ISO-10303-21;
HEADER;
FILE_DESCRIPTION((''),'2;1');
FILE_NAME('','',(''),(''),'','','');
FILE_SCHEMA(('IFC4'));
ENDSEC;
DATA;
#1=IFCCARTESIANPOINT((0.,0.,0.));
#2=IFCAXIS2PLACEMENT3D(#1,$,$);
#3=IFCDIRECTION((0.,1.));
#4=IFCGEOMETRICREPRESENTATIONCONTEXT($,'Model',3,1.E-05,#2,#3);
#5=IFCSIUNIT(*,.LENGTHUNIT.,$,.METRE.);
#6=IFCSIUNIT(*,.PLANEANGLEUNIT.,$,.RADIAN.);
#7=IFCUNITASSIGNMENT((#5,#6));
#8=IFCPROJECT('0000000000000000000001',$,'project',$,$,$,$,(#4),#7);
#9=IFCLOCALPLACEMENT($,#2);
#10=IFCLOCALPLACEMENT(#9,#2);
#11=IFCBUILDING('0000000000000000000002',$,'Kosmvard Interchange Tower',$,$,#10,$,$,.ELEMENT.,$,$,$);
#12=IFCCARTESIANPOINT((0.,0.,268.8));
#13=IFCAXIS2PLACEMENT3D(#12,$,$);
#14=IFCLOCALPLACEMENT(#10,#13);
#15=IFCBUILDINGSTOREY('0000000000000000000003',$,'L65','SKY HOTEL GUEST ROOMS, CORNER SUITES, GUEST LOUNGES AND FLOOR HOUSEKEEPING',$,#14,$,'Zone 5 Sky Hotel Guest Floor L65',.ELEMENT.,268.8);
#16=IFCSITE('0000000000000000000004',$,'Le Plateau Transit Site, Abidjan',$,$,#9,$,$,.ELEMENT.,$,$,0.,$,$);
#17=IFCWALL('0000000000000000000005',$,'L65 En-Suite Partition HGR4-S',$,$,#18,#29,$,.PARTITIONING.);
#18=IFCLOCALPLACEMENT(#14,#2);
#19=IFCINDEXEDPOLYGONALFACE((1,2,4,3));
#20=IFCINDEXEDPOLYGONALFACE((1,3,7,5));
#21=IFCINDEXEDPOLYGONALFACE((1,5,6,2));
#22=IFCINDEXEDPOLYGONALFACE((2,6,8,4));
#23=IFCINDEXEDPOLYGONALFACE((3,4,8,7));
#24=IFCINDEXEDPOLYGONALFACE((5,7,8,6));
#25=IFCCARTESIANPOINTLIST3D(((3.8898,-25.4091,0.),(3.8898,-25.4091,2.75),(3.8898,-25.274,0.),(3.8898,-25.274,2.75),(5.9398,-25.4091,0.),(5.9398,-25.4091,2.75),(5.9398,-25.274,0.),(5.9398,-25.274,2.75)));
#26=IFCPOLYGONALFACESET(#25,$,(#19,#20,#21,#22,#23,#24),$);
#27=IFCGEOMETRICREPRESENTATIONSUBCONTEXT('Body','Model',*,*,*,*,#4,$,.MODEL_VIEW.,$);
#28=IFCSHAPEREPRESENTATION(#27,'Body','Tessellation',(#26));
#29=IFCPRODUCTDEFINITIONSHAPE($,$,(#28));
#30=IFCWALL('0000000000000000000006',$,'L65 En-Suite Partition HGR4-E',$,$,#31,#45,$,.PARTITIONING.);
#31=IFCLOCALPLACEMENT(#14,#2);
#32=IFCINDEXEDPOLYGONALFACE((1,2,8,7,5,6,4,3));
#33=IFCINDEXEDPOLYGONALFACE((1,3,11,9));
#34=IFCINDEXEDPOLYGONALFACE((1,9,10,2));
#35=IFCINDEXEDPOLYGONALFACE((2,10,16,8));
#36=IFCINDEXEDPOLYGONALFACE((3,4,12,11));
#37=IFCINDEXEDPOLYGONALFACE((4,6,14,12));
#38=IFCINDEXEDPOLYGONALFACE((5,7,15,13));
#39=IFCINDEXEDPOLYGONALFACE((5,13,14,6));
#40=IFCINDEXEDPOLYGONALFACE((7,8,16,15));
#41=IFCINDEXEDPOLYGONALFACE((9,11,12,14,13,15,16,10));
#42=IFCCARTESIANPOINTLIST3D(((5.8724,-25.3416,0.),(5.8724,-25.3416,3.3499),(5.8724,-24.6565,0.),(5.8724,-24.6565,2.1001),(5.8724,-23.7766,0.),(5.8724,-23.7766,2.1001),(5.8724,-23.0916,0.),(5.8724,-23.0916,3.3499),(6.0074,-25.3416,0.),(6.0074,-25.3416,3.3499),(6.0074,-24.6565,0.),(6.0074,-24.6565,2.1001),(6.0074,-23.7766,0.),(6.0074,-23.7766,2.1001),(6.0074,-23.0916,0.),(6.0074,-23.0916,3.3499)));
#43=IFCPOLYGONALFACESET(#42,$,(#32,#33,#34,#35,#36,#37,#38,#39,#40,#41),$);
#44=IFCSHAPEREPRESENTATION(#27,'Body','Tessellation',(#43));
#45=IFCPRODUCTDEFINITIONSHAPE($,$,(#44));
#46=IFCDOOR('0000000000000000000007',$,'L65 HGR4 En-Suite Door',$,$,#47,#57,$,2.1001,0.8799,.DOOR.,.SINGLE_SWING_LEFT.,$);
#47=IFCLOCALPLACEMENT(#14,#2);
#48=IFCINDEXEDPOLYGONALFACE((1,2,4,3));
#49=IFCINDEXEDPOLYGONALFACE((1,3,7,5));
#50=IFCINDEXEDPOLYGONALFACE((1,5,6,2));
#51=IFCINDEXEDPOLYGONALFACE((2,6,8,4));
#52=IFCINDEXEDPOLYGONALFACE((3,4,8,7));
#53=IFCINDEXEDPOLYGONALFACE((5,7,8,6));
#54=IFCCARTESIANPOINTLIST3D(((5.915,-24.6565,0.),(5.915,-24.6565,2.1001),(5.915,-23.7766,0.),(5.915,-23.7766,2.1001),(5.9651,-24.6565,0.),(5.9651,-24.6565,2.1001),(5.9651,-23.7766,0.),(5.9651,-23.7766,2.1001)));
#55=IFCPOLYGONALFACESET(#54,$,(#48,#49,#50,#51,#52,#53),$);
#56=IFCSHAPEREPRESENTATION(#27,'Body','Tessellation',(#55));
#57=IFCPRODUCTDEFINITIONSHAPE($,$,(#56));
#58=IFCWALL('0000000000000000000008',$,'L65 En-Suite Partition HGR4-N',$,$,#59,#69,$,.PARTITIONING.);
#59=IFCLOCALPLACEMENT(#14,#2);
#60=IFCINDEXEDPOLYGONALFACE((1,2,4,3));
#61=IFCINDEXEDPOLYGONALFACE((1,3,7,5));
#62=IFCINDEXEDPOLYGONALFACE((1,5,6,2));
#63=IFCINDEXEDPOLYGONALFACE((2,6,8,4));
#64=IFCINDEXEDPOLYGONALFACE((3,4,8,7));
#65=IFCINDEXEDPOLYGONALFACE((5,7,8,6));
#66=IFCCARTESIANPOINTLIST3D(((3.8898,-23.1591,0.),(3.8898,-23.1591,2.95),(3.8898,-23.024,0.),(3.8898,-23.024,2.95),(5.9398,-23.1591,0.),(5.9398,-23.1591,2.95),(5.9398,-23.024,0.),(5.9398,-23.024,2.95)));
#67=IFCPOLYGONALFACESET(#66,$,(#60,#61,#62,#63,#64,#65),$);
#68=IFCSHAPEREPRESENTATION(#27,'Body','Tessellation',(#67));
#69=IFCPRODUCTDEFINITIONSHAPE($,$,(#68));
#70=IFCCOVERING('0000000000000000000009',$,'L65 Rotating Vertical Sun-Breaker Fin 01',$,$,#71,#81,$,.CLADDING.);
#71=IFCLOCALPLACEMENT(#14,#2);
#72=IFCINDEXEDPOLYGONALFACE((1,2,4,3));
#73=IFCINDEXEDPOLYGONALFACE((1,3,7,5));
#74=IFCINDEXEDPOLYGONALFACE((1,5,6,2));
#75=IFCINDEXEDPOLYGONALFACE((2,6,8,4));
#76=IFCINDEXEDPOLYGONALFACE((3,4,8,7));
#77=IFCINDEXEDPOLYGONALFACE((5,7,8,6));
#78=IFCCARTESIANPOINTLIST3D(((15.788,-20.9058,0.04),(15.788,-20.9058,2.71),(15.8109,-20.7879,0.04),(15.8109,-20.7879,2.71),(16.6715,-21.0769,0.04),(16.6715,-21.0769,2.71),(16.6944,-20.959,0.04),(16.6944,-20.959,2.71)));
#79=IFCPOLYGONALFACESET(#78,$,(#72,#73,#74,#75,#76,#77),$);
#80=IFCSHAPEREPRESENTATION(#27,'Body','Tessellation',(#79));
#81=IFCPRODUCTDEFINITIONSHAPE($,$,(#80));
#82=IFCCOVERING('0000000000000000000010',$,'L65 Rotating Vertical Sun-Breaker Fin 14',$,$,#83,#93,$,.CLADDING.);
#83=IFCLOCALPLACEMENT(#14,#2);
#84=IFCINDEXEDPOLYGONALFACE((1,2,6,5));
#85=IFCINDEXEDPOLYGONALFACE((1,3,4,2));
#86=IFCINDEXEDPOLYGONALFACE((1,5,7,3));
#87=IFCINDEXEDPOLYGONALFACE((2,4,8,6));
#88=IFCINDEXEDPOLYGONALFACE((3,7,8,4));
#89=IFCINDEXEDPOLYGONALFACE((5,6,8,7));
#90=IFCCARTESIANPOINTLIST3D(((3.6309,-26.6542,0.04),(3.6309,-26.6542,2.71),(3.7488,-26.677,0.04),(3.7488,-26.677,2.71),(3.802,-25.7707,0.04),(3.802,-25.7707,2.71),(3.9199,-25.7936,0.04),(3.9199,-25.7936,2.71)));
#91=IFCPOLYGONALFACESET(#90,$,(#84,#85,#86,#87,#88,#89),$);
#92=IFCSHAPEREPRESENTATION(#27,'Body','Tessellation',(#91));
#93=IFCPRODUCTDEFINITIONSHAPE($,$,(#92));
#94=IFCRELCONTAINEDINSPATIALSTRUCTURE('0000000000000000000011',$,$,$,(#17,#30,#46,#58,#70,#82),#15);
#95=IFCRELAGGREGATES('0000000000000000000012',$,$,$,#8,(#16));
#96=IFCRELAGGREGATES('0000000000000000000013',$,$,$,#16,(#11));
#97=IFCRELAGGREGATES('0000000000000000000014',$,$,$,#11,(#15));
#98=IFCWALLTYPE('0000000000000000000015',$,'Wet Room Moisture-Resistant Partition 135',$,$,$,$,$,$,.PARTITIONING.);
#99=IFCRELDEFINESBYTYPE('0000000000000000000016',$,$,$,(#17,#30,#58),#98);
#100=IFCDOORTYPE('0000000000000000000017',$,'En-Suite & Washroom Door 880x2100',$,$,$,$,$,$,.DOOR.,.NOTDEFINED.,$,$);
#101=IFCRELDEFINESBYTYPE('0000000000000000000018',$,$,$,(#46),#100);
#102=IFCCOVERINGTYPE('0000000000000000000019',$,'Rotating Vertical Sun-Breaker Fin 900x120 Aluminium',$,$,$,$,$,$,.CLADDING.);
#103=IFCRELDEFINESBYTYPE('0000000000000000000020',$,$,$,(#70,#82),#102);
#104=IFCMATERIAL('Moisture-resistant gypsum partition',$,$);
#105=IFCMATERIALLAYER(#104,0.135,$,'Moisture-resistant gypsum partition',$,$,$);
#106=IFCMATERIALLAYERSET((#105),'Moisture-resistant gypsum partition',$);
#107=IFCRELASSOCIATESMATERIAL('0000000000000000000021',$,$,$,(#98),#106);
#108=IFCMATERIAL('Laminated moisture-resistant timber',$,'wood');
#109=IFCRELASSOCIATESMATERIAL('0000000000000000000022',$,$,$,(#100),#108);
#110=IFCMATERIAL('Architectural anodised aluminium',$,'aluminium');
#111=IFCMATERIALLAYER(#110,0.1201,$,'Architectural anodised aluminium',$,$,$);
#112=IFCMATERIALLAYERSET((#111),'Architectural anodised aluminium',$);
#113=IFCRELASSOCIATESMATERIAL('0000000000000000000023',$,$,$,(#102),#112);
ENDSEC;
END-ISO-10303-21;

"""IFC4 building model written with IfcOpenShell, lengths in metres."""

from ifc_helpers import new_model, si_unit, direction, frame, frame_2d, origin, origin_2d, place, context, subcontext, project, spatial, rectangle, extrude, source, transform, mapped, material, layer, layer_set, type_object, element, fill, save


model = new_model("IFC4")

# Units and contexts
model_context = context("Model", 3, precision=1e-05, world=origin(), true_north=direction((0.0, 1.0)))
body_context = subcontext(model_context, "Body", "Model", "MODEL_VIEW")
ifc_project = project(units=[si_unit("LENGTHUNIT", "METRE"), si_unit("PLANEANGLEUNIT", "RADIAN")], contexts=[model_context])

# Site, building, storey
site_placement = place(None, origin())
site = spatial("IfcSite", under=ifc_project, at=site_placement, Name="Le Plateau Transit Site, Abidjan", CompositionType="ELEMENT", RefElevation=0.0)
building_placement = place(site_placement, origin())
building = spatial("IfcBuilding", under=site, at=building_placement, Name="Kosmvard Interchange Tower", CompositionType="ELEMENT")
storey_placement = place(building_placement, frame((0.0, 0.0, 268.8)))
storey = spatial("IfcBuildingStorey", under=building, at=storey_placement, Name="L65", Description="SKY HOTEL GUEST ROOMS, CORNER SUITES, GUEST LOUNGES AND FLOOR HOUSEKEEPING", LongName="Zone 5 Sky Hotel Guest Floor L65", CompositionType="ELEMENT", Elevation=268.8)

# Wall
ifc_material_1 = material(Name="Moisture-resistant gypsum partition")
ifc_layer_1 = layer(ifc_material_1, 0.135, Name="Moisture-resistant gypsum partition")
ifc_layer_set_1 = layer_set([ifc_layer_1], Name="Moisture-resistant gypsum partition")
wall_type_1 = type_object("IfcWallType", Name="Wet Room Moisture-Resistant Partition 135", PredefinedType="PARTITIONING", material=ifc_layer_set_1)
wall_1_placement = place(storey_placement, frame((3.8899, -25.3416, 0.0), z_axis=(0.0, 0.0, 1.0), x_axis=(1.0, 0.0, 0.0)))
element("IfcWall", 1, at=wall_1_placement, inside=storey, type_object=wall_type_1, Name="L65 En-Suite Partition HGR4-S", PredefinedType="PARTITIONING", context=body_context, shape_type="SweptSolid", body=[
    extrude(rectangle(XDim=2.05, YDim=0.135, at=frame_2d((1.0249, 0.0))), origin(), (0.0, 0.0, 1.0), 2.75),
])

# Wall, opening, door
wall_2_placement = place(storey_placement, frame((5.9399, -25.3416, 0.0), z_axis=(0.0, 0.0, 1.0), x_axis=(0.0, 1.0, 0.0)))
wall_2 = element("IfcWall", 2, at=wall_2_placement, inside=storey, type_object=wall_type_1, Name="L65 En-Suite Partition HGR4-E", PredefinedType="PARTITIONING", context=body_context, shape_type="SweptSolid", body=[
    extrude(rectangle(XDim=2.25, YDim=0.135, at=frame_2d((1.125, 0.0))), origin(), (0.0, 0.0, 1.0), 3.3499),
])
opening_1_placement = place(wall_2_placement, frame((0.6851, 0.0, 0.0)))
opening_1 = element("IfcOpeningElement", 3, at=opening_1_placement, cuts=wall_2, PredefinedType="OPENING", context=body_context, shape_type="SweptSolid", body=[
    extrude(rectangle(XDim=0.8799, YDim=2.1001, at=frame_2d((0.4399, 1.05))), frame((0.0, 0.0776, 0.0), z_axis=(0.0, -1.0, 0.0), x_axis=(1.0, 0.0, 0.0)), (0.0, 0.0, 1.0), 0.155),
])
ifc_material_2 = material(Name="Laminated moisture-resistant timber", Category="wood")
door_type_1 = type_object("IfcDoorType", Name="En-Suite & Washroom Door 880x2100", OperationType="NOTDEFINED", PredefinedType="DOOR", material=ifc_material_2)
shared_shape_1 = source(origin(), body_context, "Body", "SweptSolid", [
    extrude(rectangle(XDim=0.8799, YDim=2.1001, at=frame_2d((0.4399, 1.05))), frame((0.0, 0.0249, 0.0), z_axis=(0.0, -1.0, 0.0), x_axis=(1.0, 0.0, 0.0)), (0.0, 0.0, 1.0), 0.05),
])
door_1_placement = place(opening_1_placement, origin())
door_1 = element("IfcDoor", 4, at=door_1_placement, inside=storey, type_object=door_type_1, Name="L65 HGR4 En-Suite Door", OperationType="SINGLE_SWING_LEFT", OverallHeight=2.1001, OverallWidth=0.8799, PredefinedType="DOOR", context=body_context, shape_type="MappedRepresentation", body=[
    mapped(shared_shape_1, transform((0.0, 0.0, 0.0), scale=1.0)),
])
fill(opening_1, door_1)

# Wall
wall_3_placement = place(storey_placement, frame((3.8899, -23.0916, 0.0), z_axis=(0.0, 0.0, 1.0), x_axis=(1.0, 0.0, 0.0)))
element("IfcWall", 5, at=wall_3_placement, inside=storey, type_object=wall_type_1, Name="L65 En-Suite Partition HGR4-N", PredefinedType="PARTITIONING", context=body_context, shape_type="SweptSolid", body=[
    extrude(rectangle(XDim=2.05, YDim=0.135, at=frame_2d((1.0249, 0.0))), origin(), (0.0, 0.0, 1.0), 2.95),
])

# Coverings
ifc_material_3 = material(Name="Architectural anodised aluminium", Category="aluminium")
ifc_layer_2 = layer(ifc_material_3, 0.1201, Name="Architectural anodised aluminium")
ifc_layer_set_2 = layer_set([ifc_layer_2], Name="Architectural anodised aluminium")
covering_type = type_object("IfcCoveringType", Name="Rotating Vertical Sun-Breaker Fin 900x120 Aluminium", PredefinedType="CLADDING", material=ifc_layer_set_2)
shared_shape_2 = source(origin(), body_context, "Body", "SweptSolid", [
    extrude(rectangle(XDim=0.8999, YDim=0.1201, at=origin_2d()), origin(), (0.0, 0.0, 1.0), 2.6699),
])
for number, where, z_axis, x_axis, name in (
    (6, (16.2412, -20.9324, 0.04), (0.0, 0.0, 1.0), (0.98176, -0.190124, 0.0), "L65 Rotating Vertical Sun-Breaker Fin 01"),
    (7, (3.7754, -26.2239, 0.04), (0.0, 0.0, 1.0), (-0.190124, -0.98176, 0.0), "L65 Rotating Vertical Sun-Breaker Fin 14"),
):
    element("IfcCovering", number, at=place(storey_placement, frame(where, z_axis=z_axis, x_axis=x_axis)), inside=storey, type_object=covering_type, Name=name, PredefinedType="CLADDING", context=body_context, shape_type="MappedRepresentation", body=[
        mapped(shared_shape_2, transform((0.0, 0.0, 0.0), scale=1.0)),
    ])

save(model, "model.ifc")
